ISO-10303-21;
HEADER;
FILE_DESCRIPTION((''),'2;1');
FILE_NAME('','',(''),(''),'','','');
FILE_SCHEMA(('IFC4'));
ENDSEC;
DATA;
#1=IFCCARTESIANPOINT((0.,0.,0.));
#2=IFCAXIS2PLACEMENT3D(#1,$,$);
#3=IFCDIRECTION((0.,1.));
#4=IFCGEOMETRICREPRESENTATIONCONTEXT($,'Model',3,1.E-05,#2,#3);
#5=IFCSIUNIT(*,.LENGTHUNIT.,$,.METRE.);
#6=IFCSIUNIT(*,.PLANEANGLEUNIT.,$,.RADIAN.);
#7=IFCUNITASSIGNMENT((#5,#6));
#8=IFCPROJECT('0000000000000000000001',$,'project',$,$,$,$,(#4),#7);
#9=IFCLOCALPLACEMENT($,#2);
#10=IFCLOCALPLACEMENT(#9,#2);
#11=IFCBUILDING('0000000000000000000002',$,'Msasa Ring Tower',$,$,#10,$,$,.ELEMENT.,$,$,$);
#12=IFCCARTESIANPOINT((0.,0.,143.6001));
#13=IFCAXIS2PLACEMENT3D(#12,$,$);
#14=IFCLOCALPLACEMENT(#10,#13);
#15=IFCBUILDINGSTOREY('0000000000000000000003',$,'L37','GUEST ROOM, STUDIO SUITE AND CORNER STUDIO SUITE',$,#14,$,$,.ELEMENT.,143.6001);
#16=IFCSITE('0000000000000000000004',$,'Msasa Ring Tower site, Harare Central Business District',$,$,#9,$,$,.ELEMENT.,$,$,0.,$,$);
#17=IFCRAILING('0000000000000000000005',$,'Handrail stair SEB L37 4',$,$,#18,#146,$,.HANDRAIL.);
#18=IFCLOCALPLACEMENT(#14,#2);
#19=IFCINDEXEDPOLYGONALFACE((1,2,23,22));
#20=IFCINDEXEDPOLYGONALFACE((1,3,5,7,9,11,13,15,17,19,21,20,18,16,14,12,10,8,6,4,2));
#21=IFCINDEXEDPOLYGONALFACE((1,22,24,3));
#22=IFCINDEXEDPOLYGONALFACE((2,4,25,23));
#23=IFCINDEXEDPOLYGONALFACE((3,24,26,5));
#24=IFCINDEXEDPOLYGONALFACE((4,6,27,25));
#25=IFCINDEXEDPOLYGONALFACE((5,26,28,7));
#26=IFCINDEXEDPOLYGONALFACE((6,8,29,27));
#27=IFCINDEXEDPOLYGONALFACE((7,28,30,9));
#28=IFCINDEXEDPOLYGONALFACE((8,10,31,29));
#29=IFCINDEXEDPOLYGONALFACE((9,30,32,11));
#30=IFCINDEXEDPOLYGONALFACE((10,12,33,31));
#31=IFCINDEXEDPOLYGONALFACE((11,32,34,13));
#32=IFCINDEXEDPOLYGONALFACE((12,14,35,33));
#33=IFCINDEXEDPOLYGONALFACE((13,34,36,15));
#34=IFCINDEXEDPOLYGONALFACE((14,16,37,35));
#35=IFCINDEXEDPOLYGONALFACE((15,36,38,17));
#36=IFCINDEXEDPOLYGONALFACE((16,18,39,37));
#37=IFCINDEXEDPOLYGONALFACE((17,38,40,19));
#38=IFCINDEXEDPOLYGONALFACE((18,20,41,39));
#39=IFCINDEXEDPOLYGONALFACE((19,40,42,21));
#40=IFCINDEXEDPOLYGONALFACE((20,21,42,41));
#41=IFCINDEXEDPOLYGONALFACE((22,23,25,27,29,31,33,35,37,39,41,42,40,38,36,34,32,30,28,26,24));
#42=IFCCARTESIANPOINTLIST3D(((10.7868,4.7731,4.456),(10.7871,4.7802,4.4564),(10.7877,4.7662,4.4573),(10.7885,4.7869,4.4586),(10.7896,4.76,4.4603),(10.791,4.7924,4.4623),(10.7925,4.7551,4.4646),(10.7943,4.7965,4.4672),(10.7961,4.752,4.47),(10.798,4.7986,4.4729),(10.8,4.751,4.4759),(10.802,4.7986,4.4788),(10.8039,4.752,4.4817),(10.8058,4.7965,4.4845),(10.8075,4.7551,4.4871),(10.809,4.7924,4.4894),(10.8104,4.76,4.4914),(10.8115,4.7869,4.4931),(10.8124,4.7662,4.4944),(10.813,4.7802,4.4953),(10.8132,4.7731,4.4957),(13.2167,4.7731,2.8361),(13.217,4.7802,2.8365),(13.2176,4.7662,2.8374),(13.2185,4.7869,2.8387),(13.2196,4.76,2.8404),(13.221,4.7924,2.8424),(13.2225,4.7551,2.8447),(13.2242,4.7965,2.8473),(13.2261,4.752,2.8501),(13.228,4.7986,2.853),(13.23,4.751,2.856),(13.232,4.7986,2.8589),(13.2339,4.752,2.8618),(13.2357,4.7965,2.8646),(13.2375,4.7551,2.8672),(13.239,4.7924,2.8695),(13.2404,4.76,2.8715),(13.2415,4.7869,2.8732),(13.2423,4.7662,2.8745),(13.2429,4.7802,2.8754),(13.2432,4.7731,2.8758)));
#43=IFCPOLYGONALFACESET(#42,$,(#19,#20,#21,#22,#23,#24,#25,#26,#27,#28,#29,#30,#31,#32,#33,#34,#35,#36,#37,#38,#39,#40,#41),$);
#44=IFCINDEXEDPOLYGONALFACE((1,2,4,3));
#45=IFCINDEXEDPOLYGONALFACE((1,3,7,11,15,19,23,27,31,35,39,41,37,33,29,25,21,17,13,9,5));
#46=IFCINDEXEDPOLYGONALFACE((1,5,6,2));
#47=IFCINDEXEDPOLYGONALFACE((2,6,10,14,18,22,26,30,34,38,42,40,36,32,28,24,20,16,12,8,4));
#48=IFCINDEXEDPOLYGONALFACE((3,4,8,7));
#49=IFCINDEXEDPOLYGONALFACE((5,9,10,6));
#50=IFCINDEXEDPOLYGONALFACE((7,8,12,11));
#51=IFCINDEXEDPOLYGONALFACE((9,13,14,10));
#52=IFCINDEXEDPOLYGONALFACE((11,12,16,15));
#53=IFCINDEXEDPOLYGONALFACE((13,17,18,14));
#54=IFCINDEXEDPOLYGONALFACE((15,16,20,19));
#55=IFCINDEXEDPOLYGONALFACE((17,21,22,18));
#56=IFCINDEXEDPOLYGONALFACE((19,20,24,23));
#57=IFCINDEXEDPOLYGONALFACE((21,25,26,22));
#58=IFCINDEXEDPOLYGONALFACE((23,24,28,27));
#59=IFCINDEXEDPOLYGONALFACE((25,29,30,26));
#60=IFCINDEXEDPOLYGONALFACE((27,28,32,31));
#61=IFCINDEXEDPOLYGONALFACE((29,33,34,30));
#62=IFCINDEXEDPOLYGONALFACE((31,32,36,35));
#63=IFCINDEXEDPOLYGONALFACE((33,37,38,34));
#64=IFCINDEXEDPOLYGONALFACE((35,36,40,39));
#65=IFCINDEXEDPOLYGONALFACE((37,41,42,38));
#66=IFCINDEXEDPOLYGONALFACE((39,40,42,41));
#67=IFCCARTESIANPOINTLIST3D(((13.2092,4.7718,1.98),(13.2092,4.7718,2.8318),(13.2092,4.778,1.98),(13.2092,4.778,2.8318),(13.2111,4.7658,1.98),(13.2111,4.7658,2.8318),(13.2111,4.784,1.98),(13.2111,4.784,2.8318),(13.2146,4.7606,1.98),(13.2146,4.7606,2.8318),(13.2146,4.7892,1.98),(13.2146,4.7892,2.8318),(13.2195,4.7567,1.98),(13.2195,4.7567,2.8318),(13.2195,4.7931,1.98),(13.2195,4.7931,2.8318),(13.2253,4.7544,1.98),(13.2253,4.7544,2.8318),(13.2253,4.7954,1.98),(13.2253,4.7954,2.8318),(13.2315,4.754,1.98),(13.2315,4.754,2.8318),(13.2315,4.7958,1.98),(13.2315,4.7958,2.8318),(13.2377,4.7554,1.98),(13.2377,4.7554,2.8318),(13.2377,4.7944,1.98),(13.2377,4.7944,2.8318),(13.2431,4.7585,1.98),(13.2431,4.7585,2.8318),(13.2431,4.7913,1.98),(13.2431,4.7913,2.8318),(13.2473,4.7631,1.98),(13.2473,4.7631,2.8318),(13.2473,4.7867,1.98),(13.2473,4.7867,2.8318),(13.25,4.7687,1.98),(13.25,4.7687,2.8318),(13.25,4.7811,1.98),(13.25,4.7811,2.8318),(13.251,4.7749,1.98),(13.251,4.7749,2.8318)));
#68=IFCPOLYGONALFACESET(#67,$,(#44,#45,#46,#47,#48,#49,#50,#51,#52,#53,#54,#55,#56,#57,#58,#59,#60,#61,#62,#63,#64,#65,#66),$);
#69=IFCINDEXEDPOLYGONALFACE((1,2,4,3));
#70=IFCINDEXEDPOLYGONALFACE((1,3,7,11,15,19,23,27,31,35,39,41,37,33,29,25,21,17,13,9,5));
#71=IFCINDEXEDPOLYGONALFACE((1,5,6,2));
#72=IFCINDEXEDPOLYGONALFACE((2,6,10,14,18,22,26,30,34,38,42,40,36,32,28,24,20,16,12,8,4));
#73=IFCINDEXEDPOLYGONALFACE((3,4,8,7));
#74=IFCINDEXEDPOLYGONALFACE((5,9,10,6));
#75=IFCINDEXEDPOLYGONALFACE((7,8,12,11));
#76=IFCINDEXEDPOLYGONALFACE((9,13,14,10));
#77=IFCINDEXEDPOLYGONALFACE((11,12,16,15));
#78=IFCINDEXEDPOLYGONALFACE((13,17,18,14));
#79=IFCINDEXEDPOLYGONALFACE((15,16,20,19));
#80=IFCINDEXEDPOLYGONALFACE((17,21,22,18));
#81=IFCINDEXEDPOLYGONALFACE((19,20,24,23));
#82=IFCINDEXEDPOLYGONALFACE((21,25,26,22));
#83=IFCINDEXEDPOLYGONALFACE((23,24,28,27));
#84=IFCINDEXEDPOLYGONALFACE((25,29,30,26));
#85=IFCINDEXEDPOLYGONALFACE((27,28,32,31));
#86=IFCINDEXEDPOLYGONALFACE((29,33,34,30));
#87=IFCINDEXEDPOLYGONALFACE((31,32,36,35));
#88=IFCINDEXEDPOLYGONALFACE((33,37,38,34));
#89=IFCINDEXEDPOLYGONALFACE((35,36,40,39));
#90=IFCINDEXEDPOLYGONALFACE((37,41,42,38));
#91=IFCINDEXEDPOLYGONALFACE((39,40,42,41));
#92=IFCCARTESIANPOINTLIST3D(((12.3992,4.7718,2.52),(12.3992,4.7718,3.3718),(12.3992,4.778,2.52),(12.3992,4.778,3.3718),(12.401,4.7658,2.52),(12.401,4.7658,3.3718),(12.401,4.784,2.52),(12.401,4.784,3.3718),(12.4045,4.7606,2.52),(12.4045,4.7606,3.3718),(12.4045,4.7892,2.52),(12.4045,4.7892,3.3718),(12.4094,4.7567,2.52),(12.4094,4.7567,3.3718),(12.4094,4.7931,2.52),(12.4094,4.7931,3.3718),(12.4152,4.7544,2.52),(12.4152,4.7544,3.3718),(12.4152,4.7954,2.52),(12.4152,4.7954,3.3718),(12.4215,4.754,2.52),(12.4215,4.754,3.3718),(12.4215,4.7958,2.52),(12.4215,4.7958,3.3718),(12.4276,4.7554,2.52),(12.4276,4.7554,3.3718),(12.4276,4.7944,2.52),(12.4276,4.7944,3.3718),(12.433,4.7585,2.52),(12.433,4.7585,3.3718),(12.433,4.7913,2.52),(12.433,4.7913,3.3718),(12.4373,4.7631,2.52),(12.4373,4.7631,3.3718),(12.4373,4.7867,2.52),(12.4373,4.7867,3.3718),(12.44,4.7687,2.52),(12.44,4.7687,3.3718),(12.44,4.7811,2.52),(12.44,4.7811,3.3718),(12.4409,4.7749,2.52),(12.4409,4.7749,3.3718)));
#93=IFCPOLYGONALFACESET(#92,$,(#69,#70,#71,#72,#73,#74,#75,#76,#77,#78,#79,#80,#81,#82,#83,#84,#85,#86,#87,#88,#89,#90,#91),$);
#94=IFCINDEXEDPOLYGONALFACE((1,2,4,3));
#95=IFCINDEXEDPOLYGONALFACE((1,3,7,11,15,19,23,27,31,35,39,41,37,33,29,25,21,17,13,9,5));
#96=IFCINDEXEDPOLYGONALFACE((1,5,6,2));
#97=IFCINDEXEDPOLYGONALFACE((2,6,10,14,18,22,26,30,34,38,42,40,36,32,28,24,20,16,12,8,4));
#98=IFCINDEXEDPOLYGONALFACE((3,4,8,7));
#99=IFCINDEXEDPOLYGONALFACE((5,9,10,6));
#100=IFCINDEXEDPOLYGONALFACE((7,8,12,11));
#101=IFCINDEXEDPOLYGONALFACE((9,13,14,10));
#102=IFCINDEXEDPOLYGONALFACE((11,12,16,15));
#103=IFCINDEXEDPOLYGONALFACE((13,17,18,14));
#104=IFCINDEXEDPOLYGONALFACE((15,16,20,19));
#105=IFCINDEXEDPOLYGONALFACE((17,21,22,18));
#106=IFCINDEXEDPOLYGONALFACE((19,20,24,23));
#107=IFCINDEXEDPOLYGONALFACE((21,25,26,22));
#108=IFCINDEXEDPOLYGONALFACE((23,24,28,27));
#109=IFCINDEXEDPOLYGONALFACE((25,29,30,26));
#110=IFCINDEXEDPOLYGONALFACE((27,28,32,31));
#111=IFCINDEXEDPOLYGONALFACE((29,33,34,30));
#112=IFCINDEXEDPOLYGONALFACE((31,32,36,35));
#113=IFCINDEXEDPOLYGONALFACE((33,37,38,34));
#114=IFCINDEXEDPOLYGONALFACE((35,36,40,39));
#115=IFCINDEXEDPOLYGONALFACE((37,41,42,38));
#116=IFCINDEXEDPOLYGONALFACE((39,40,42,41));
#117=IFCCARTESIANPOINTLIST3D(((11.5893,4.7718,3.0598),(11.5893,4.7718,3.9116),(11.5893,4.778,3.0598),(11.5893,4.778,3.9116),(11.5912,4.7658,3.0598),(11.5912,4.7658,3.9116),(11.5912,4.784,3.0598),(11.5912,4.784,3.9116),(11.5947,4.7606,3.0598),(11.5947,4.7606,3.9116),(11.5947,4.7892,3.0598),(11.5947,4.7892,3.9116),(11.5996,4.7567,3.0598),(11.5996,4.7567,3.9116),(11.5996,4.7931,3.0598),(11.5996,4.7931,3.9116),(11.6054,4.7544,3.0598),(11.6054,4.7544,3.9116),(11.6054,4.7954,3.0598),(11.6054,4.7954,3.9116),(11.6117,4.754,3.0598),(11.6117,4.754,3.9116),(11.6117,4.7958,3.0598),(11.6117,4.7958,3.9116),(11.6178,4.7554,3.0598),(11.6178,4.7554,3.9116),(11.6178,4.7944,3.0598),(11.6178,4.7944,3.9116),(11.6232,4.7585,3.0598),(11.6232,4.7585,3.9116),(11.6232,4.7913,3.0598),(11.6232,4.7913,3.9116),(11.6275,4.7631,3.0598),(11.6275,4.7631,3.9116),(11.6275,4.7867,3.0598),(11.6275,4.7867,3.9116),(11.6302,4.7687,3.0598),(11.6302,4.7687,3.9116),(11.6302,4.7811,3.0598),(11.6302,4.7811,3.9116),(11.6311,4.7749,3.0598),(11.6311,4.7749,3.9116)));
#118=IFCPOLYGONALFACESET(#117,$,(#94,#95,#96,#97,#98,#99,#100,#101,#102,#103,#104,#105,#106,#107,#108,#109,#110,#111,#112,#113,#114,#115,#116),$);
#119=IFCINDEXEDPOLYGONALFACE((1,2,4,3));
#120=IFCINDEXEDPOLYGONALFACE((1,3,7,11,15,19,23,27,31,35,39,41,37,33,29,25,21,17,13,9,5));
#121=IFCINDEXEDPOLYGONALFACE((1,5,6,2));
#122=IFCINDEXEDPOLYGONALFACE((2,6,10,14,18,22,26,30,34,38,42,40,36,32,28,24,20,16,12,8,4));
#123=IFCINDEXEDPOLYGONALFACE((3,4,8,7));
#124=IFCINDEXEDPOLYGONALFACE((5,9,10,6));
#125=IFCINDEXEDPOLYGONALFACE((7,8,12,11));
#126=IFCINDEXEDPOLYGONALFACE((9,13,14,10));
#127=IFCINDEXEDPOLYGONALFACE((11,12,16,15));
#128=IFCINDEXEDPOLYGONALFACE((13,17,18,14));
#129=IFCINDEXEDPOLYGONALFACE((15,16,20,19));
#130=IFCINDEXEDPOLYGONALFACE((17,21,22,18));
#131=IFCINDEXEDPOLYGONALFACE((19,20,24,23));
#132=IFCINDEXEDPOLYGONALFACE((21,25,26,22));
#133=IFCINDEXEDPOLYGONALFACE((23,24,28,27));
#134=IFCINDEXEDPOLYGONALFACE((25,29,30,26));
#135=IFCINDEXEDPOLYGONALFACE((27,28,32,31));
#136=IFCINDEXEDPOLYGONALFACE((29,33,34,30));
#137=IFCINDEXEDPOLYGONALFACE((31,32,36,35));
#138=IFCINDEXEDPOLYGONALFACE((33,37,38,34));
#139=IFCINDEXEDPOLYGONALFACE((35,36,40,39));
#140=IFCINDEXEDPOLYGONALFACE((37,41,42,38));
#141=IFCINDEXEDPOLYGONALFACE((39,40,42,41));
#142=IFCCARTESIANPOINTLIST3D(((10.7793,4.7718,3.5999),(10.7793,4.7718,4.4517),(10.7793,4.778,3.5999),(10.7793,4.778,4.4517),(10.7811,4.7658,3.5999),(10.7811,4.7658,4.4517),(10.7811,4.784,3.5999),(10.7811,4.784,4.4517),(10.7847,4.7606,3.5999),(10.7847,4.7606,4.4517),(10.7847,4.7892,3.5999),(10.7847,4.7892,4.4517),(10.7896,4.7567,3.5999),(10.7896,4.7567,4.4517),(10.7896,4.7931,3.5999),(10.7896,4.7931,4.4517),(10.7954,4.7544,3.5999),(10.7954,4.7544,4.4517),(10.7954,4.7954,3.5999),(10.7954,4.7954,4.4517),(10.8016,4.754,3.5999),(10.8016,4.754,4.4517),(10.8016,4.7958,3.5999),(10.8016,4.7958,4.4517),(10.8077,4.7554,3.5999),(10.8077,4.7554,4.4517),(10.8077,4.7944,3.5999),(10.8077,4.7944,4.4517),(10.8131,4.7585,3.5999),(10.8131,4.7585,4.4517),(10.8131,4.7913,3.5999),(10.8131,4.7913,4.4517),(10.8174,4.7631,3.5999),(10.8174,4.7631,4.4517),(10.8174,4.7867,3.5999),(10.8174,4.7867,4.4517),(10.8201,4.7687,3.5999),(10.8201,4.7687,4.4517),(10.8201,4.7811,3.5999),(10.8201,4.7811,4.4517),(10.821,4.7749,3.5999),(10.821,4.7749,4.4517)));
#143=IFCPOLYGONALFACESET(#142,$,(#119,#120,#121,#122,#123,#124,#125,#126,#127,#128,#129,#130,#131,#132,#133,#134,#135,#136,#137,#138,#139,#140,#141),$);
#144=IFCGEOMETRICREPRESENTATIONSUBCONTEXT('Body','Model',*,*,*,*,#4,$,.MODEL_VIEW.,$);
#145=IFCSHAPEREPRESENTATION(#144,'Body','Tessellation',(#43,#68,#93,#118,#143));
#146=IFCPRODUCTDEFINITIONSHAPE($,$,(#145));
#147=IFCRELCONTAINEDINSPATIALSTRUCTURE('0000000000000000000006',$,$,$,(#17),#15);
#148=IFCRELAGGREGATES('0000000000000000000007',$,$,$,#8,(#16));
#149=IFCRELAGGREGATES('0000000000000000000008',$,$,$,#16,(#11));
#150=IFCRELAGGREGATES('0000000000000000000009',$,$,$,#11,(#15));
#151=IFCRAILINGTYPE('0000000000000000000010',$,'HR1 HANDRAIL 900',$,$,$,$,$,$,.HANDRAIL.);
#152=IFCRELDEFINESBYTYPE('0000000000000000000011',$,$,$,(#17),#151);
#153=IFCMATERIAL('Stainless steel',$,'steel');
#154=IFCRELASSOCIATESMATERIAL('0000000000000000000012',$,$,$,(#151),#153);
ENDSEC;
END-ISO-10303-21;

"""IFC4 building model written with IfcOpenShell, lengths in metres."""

from ifc_helpers import new_model, si_unit, direction, frame, origin, origin_2d, place, context, subcontext, project, spatial, circle, extrude, material, type_object, element, save


model = new_model("IFC4")

# Units and contexts
model_context = context("Model", 3, precision=1e-05, world=origin(), true_north=direction((0.0, 1.0)))
body_context = subcontext(model_context, "Body", "Model", "MODEL_VIEW")
ifc_project = project(units=[si_unit("LENGTHUNIT", "METRE"), si_unit("PLANEANGLEUNIT", "RADIAN")], contexts=[model_context])

# Site, building, storey
site_placement = place(None, origin())
site = spatial("IfcSite", under=ifc_project, at=site_placement, Name="Msasa Ring Tower site, Harare Central Business District", CompositionType="ELEMENT", RefElevation=0.0)
building_placement = place(site_placement, origin())
building = spatial("IfcBuilding", under=site, at=building_placement, Name="Msasa Ring Tower", CompositionType="ELEMENT")
storey_placement = place(building_placement, frame((0.0, 0.0, 143.6001)))
storey = spatial("IfcBuildingStorey", under=building, at=storey_placement, Name="L37", Description="GUEST ROOM, STUDIO SUITE AND CORNER STUDIO SUITE", CompositionType="ELEMENT", Elevation=143.6001)

# Railing
ifc_material_1 = material(Name="Stainless steel", Category="steel")
railing_type = type_object("IfcRailingType", Name="HR1 HANDRAIL 900", PredefinedType="HANDRAIL", material=ifc_material_1)
for number, where, name in (
    (1, (13.23, 4.7749, 1.98), "Handrail stair SEB L37 4"),
):
    element("IfcRailing", number, at=place(storey_placement, frame(where)), inside=storey, type_object=railing_type, Name=name, PredefinedType="HANDRAIL", context=body_context, shape_type="SweptSolid", body=[
        extrude(circle(Radius=0.0239, at=origin_2d()), frame((0.0, 0.0, 0.876), z_axis=(-0.832063, 0.0, 0.554681), x_axis=(0.0, -1.0, 0.0)), (0.0, 0.0, 1.0), 2.9204),
        extrude(circle(Radius=0.021, at=origin_2d()), origin(), (0.0, 0.0, 1.0), 0.8518),
        extrude(circle(Radius=0.021, at=origin_2d()), frame((-0.8101, 0.0, 0.54)), (0.0, 0.0, 1.0), 0.8518),
        extrude(circle(Radius=0.021, at=origin_2d()), frame((-1.6199, 0.0, 1.0798)), (0.0, 0.0, 1.0), 0.8518),
        extrude(circle(Radius=0.021, at=origin_2d()), frame((-2.4299, 0.0, 1.6199)), (0.0, 0.0, 1.0), 0.8518),
    ])

save(model, "model.ifc")
